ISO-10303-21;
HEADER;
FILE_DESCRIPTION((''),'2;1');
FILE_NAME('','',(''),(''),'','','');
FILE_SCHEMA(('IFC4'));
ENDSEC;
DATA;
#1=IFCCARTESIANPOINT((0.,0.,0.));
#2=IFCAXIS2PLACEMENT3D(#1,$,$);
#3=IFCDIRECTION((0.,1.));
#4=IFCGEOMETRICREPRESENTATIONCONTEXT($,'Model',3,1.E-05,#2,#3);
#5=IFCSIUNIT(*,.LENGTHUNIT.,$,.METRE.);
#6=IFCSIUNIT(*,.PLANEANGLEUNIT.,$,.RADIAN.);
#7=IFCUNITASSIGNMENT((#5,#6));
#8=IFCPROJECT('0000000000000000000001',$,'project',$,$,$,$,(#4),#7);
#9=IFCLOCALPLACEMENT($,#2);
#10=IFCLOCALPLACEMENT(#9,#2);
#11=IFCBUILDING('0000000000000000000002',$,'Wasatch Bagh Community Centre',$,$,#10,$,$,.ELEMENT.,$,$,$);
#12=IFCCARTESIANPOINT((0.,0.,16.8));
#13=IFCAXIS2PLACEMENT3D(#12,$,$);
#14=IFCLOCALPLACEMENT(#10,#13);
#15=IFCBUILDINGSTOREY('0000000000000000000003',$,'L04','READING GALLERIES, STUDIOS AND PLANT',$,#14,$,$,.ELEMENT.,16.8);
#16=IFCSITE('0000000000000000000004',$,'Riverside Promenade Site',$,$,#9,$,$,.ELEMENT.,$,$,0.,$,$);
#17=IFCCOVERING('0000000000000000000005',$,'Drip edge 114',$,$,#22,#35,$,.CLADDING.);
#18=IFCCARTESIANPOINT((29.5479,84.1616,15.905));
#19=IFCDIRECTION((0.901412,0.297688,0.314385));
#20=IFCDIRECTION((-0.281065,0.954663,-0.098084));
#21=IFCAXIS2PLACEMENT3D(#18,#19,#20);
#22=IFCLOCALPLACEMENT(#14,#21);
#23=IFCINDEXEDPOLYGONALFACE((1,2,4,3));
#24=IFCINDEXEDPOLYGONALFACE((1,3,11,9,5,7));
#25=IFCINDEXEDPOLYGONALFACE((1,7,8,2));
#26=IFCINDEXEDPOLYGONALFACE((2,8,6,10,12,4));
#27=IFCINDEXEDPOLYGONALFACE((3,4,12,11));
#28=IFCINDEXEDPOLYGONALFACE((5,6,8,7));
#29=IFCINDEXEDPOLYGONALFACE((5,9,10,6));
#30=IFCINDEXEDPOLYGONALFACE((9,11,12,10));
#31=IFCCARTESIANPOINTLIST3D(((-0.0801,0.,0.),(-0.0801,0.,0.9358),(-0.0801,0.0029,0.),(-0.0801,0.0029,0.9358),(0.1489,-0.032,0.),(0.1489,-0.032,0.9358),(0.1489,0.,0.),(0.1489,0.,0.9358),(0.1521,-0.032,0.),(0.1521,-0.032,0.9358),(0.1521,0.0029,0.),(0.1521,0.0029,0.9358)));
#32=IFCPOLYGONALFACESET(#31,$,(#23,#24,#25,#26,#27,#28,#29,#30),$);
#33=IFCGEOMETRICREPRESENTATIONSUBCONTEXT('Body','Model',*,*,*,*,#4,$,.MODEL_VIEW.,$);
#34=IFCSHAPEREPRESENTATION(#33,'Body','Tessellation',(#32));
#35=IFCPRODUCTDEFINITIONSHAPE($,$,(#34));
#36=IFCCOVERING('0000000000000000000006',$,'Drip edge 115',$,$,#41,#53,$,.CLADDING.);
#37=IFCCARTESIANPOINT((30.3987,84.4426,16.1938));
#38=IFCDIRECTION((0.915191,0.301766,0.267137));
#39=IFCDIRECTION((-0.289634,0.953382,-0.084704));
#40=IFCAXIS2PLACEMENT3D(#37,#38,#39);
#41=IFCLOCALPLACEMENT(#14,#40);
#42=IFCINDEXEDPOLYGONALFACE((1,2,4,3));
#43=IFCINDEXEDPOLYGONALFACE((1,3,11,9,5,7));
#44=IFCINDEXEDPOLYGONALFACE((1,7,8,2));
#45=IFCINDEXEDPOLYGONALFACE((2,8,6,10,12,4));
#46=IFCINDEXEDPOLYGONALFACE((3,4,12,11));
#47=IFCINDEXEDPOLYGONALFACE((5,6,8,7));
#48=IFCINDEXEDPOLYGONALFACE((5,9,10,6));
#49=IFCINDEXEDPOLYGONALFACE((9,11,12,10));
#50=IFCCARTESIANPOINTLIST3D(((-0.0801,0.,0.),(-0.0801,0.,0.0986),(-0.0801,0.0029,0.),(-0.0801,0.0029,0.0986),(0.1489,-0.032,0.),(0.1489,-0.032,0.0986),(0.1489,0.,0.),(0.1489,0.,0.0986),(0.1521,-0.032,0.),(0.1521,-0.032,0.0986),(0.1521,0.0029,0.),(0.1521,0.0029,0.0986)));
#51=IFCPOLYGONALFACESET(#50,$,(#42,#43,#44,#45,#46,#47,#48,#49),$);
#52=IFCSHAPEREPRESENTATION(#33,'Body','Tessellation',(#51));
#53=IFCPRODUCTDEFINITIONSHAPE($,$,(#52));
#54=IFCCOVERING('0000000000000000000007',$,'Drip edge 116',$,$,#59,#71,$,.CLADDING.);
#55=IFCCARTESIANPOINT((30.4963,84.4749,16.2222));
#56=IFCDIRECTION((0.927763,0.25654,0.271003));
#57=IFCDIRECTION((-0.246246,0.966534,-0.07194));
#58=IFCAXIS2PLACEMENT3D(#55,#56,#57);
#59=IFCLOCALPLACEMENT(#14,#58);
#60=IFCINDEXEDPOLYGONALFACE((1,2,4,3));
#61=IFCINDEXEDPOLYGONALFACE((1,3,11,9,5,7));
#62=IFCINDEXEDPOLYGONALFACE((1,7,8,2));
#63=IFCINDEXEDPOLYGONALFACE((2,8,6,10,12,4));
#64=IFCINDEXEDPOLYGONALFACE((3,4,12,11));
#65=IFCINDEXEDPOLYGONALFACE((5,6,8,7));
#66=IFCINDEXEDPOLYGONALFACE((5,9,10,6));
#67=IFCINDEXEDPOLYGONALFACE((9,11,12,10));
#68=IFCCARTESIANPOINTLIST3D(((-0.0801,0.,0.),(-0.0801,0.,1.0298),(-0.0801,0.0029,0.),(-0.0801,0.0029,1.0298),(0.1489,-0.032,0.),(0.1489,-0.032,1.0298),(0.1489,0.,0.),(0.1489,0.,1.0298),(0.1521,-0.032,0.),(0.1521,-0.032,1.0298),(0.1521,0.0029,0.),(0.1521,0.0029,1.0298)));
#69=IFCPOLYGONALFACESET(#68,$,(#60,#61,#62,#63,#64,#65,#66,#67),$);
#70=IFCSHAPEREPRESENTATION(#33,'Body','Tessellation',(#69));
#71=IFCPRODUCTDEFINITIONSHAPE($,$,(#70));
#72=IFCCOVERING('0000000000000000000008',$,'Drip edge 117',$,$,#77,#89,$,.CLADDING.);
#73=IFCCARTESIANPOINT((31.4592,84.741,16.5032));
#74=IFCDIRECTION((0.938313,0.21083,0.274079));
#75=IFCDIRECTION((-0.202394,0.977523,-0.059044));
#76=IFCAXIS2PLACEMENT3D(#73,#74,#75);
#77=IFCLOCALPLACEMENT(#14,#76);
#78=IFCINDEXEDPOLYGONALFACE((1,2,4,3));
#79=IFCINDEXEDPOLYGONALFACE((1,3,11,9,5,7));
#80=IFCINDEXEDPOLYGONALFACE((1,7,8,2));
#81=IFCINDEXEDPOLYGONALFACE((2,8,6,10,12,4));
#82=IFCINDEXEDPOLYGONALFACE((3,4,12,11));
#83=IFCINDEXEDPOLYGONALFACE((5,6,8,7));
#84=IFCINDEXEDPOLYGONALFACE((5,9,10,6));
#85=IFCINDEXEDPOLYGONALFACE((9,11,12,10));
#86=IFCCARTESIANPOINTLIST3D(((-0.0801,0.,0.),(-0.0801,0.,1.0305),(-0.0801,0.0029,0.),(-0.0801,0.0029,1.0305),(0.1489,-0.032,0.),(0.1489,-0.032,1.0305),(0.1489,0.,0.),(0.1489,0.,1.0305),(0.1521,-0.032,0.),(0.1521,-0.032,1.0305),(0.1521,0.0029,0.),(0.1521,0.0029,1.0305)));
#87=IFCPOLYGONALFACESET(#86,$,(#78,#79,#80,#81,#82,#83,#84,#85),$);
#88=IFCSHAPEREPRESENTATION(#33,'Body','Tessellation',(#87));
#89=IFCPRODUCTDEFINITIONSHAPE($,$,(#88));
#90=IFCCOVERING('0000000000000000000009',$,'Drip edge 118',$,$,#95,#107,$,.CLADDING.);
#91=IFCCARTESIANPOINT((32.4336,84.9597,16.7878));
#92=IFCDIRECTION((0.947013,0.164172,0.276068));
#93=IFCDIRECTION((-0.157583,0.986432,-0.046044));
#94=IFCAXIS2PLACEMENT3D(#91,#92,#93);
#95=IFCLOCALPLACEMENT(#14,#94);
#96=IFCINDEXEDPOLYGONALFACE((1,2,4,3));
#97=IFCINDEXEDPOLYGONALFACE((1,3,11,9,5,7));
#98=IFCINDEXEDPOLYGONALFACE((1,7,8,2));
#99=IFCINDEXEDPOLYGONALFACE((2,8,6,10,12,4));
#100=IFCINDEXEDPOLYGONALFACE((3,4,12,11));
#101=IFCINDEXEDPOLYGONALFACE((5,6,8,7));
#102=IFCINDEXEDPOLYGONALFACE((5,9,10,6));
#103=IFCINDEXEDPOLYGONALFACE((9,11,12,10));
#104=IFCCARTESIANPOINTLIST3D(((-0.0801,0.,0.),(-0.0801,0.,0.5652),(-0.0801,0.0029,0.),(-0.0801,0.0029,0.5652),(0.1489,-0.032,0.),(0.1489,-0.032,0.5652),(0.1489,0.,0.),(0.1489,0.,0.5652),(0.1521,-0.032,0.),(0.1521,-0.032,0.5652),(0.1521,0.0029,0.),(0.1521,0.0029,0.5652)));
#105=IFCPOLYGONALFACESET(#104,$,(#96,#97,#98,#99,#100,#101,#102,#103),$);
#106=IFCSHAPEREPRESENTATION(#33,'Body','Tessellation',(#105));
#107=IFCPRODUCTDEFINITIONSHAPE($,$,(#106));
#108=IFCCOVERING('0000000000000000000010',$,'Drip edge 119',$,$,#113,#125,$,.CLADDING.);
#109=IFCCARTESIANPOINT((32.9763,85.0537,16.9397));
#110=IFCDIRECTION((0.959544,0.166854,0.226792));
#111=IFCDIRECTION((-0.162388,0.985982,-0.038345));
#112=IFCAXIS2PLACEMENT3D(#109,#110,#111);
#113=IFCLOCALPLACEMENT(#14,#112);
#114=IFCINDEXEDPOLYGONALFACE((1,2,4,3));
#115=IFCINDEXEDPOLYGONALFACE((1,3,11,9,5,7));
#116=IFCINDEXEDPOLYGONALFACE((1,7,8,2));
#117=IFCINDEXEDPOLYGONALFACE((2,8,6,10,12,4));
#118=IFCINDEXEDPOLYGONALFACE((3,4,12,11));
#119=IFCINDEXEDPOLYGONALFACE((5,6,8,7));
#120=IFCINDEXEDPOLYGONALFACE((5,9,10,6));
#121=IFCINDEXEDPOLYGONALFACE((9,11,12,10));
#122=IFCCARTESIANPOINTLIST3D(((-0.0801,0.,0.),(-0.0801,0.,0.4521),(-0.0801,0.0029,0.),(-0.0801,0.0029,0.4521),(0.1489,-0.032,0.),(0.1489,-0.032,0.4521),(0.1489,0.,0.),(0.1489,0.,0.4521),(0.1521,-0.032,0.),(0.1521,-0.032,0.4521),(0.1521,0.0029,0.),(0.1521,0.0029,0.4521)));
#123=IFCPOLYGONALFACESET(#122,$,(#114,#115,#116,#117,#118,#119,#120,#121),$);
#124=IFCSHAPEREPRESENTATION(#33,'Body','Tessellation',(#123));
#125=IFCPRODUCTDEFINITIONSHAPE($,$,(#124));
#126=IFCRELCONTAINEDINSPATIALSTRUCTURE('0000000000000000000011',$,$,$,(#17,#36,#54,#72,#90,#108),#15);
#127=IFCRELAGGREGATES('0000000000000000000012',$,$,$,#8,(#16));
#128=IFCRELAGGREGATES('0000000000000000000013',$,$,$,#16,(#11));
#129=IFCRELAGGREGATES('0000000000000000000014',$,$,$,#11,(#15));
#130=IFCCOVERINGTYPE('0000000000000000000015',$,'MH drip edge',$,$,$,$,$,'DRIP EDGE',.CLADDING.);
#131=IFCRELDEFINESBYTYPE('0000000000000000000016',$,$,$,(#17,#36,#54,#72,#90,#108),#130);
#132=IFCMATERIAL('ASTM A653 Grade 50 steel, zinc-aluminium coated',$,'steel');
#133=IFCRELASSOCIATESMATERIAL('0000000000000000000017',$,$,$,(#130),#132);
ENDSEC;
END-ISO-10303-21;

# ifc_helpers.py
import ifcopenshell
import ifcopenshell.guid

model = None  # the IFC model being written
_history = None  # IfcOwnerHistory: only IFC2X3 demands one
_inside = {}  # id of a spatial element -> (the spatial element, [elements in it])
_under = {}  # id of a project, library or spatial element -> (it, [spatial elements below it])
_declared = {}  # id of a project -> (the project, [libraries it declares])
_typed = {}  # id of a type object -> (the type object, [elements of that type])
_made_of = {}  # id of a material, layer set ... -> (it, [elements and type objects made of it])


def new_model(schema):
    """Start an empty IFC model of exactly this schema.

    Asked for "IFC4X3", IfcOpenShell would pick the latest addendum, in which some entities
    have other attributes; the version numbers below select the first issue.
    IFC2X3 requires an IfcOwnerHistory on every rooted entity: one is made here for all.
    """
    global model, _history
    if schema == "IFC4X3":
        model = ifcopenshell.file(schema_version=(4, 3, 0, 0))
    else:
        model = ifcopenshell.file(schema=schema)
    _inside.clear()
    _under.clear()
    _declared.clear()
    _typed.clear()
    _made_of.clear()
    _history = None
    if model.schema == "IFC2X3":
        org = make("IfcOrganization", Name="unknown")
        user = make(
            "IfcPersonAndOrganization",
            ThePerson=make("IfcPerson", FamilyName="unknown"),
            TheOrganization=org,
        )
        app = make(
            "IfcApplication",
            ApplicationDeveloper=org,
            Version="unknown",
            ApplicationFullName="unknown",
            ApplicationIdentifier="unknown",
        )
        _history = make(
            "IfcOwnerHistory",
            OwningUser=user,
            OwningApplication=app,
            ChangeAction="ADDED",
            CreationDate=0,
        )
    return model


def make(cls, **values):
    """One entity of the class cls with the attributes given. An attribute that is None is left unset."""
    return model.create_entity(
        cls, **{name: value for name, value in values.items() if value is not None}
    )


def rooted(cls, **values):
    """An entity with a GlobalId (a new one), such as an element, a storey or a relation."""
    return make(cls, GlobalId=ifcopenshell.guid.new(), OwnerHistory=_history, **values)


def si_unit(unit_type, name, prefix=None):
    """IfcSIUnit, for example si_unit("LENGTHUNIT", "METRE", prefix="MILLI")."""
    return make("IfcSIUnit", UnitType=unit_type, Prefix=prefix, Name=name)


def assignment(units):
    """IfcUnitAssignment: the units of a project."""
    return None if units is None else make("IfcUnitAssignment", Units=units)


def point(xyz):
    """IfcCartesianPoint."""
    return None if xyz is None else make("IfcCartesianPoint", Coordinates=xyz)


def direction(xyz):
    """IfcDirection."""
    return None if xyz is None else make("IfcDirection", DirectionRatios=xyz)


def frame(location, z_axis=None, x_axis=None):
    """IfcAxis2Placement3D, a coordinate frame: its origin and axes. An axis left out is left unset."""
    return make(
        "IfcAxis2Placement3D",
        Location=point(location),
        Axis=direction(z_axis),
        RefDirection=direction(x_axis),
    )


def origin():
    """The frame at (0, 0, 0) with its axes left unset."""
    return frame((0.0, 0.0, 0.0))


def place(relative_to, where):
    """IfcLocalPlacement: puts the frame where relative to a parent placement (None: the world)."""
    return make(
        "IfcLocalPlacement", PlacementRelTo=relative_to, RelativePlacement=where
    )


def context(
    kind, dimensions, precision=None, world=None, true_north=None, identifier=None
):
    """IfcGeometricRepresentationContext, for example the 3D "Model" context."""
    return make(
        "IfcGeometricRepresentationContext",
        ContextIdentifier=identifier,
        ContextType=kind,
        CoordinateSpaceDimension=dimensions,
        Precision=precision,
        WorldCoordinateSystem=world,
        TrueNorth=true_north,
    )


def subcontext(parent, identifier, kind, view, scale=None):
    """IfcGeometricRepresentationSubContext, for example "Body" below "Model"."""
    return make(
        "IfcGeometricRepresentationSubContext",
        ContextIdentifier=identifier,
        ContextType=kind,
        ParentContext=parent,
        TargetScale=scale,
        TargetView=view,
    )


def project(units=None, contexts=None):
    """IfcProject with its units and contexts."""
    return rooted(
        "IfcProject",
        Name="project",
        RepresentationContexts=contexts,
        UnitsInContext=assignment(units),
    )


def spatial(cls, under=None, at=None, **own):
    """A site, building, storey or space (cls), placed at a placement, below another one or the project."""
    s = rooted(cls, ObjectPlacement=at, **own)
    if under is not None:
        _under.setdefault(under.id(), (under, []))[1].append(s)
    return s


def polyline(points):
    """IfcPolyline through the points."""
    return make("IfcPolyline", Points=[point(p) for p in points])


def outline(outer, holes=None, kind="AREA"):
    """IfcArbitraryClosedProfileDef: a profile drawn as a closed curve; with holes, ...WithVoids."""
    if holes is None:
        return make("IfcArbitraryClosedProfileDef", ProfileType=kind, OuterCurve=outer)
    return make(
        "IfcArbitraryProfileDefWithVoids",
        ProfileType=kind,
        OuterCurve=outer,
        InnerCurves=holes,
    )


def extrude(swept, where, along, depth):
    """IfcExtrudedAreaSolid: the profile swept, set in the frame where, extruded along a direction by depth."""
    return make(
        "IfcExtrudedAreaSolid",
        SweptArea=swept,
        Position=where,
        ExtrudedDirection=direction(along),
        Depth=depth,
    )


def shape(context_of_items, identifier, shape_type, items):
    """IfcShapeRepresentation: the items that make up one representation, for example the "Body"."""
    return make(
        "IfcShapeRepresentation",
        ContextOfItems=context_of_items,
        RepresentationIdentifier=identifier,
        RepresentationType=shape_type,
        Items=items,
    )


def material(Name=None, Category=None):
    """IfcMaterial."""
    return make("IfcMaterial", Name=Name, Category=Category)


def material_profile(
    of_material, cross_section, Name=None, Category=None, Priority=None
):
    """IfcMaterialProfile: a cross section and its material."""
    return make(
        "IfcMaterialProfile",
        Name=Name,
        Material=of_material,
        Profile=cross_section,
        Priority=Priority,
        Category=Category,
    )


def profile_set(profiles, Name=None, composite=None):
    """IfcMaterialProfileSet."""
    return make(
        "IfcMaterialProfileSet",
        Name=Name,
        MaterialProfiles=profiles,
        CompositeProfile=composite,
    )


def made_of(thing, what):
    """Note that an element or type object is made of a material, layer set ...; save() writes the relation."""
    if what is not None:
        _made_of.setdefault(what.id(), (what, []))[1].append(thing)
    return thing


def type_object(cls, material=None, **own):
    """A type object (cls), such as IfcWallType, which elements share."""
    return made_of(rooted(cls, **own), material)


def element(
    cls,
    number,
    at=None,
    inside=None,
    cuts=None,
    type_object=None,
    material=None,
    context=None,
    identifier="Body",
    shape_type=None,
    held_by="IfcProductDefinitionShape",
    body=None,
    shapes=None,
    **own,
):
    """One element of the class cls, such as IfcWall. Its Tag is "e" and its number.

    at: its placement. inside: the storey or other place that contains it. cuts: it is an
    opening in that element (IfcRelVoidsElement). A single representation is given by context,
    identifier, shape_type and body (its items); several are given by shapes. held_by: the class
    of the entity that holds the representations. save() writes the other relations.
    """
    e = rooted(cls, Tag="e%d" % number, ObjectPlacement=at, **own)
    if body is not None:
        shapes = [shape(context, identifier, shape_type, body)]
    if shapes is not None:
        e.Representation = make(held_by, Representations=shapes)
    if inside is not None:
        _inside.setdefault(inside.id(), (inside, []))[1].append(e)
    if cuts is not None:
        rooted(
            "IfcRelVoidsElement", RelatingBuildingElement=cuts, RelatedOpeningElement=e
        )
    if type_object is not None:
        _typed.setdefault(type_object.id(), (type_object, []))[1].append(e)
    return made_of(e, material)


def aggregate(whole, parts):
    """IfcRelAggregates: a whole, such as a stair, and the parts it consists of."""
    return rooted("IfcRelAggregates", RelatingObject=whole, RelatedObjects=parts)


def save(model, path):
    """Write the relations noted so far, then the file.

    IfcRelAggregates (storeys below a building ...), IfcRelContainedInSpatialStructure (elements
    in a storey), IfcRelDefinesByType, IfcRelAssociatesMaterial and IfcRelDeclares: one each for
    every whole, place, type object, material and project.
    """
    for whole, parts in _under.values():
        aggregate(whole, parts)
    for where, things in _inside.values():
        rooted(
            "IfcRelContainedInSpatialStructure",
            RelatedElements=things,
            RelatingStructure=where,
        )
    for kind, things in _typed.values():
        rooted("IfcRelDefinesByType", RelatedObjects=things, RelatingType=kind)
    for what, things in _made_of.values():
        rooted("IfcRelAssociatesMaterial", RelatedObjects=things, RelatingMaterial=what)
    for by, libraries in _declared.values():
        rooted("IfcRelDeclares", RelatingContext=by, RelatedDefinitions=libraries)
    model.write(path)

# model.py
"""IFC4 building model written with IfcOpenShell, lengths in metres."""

from ifc_helpers import new_model, si_unit, direction, frame, origin, place, context, subcontext, project, spatial, polyline, outline, extrude, material, material_profile, profile_set, type_object, element, save


model = new_model("IFC4")

# Units and contexts
model_context = context("Model", 3, precision=1e-05, world=origin(), true_north=direction((0.0, 1.0)))
body_context = subcontext(model_context, "Body", "Model", "MODEL_VIEW")
ifc_project = project(units=[si_unit("LENGTHUNIT", "METRE"), si_unit("PLANEANGLEUNIT", "RADIAN")], contexts=[model_context])

# Site, building, storey
site_placement = place(None, origin())
site = spatial("IfcSite", under=ifc_project, at=site_placement, Name="Riverside Promenade Site", CompositionType="ELEMENT", RefElevation=0.0)
building_placement = place(site_placement, origin())
building = spatial("IfcBuilding", under=site, at=building_placement, Name="Wasatch Bagh Community Centre", CompositionType="ELEMENT")
storey_placement = place(building_placement, frame((0.0, 0.0, 16.8)))
storey = spatial("IfcBuildingStorey", under=building, at=storey_placement, Name="L04", Description="READING GALLERIES, STUDIOS AND PLANT", CompositionType="ELEMENT", Elevation=16.8)

# Coverings
ifc_material_1 = material(Name="ASTM A653 Grade 50 steel, zinc-aluminium coated", Category="steel")
ifc_material_profile_1 = material_profile(ifc_material_1, outline(polyline([(-0.0801, 0.0029), (0.1521, 0.0029), (0.1521, -0.032), (0.1489, -0.032), (0.1489, 0.0), (-0.0801, 0.0), (-0.0801, 0.0029)])), Name="DRIP EDGE")
ifc_profile_set_1 = profile_set([ifc_material_profile_1], Name="ASTM A653 Grade 50 steel, zinc-aluminium coated")
covering_type_1 = type_object("IfcCoveringType", Name="MH drip edge", ElementType="DRIP EDGE", PredefinedType="CLADDING", material=ifc_profile_set_1)
covering_1_placement = place(storey_placement, frame((29.5479, 84.1616, 15.905), z_axis=(0.901412, 0.297688, 0.314385), x_axis=(-0.281065, 0.954663, -0.098084)))
element("IfcCovering", 1, at=covering_1_placement, inside=storey, type_object=covering_type_1, Name="Drip edge 114", PredefinedType="CLADDING", context=body_context, shape_type="SweptSolid", body=[
    extrude(outline(polyline([(-0.0801, 0.0029), (0.1521, 0.0029), (0.1521, -0.032), (0.1489, -0.032), (0.1489, 0.0), (-0.0801, 0.0), (-0.0801, 0.0029)])), origin(), (0.0, 0.0, 1.0), 0.9358),
])
covering_2_placement = place(storey_placement, frame((30.3987, 84.4426, 16.1938), z_axis=(0.915191, 0.301766, 0.267137), x_axis=(-0.289634, 0.953382, -0.084704)))
element("IfcCovering", 2, at=covering_2_placement, inside=storey, type_object=covering_type_1, Name="Drip edge 115", PredefinedType="CLADDING", context=body_context, shape_type="SweptSolid", body=[
    extrude(outline(polyline([(-0.0801, 0.0029), (0.1521, 0.0029), (0.1521, -0.032), (0.1489, -0.032), (0.1489, 0.0), (-0.0801, 0.0), (-0.0801, 0.0029)])), origin(), (0.0, 0.0, 1.0), 0.0986),
])
covering_3_placement = place(storey_placement, frame((30.4963, 84.4749, 16.2222), z_axis=(0.927763, 0.25654, 0.271003), x_axis=(-0.246246, 0.966534, -0.07194)))
element("IfcCovering", 3, at=covering_3_placement, inside=storey, type_object=covering_type_1, Name="Drip edge 116", PredefinedType="CLADDING", context=body_context, shape_type="SweptSolid", body=[
    extrude(outline(polyline([(-0.0801, 0.0029), (0.1521, 0.0029), (0.1521, -0.032), (0.1489, -0.032), (0.1489, 0.0), (-0.0801, 0.0), (-0.0801, 0.0029)])), origin(), (0.0, 0.0, 1.0), 1.0298),
])
covering_4_placement = place(storey_placement, frame((31.4592, 84.741, 16.5032), z_axis=(0.938313, 0.21083, 0.274079), x_axis=(-0.202394, 0.977523, -0.059044)))
element("IfcCovering", 4, at=covering_4_placement, inside=storey, type_object=covering_type_1, Name="Drip edge 117", PredefinedType="CLADDING", context=body_context, shape_type="SweptSolid", body=[
    extrude(outline(polyline([(-0.0801, 0.0029), (0.1521, 0.0029), (0.1521, -0.032), (0.1489, -0.032), (0.1489, 0.0), (-0.0801, 0.0), (-0.0801, 0.0029)])), origin(), (0.0, 0.0, 1.0), 1.0305),
])
covering_5_placement = place(storey_placement, frame((32.4336, 84.9597, 16.7878), z_axis=(0.947013, 0.164172, 0.276068), x_axis=(-0.157583, 0.986432, -0.046044)))
element("IfcCovering", 5, at=covering_5_placement, inside=storey, type_object=covering_type_1, Name="Drip edge 118", PredefinedType="CLADDING", context=body_context, shape_type="SweptSolid", body=[
    extrude(outline(polyline([(-0.0801, 0.0029), (0.1521, 0.0029), (0.1521, -0.032), (0.1489, -0.032), (0.1489, 0.0), (-0.0801, 0.0), (-0.0801, 0.0029)])), origin(), (0.0, 0.0, 1.0), 0.5652),
])
covering_6_placement = place(storey_placement, frame((32.9763, 85.0537, 16.9397), z_axis=(0.959544, 0.166854, 0.226792), x_axis=(-0.162388, 0.985982, -0.038345)))
element("IfcCovering", 6, at=covering_6_placement, inside=storey, type_object=covering_type_1, Name="Drip edge 119", PredefinedType="CLADDING", context=body_context, shape_type="SweptSolid", body=[
    extrude(outline(polyline([(-0.0801, 0.0029), (0.1521, 0.0029), (0.1521, -0.032), (0.1489, -0.032), (0.1489, 0.0), (-0.0801, 0.0), (-0.0801, 0.0029)])), origin(), (0.0, 0.0, 1.0), 0.4521),
])

save(model, "model.ifc")
